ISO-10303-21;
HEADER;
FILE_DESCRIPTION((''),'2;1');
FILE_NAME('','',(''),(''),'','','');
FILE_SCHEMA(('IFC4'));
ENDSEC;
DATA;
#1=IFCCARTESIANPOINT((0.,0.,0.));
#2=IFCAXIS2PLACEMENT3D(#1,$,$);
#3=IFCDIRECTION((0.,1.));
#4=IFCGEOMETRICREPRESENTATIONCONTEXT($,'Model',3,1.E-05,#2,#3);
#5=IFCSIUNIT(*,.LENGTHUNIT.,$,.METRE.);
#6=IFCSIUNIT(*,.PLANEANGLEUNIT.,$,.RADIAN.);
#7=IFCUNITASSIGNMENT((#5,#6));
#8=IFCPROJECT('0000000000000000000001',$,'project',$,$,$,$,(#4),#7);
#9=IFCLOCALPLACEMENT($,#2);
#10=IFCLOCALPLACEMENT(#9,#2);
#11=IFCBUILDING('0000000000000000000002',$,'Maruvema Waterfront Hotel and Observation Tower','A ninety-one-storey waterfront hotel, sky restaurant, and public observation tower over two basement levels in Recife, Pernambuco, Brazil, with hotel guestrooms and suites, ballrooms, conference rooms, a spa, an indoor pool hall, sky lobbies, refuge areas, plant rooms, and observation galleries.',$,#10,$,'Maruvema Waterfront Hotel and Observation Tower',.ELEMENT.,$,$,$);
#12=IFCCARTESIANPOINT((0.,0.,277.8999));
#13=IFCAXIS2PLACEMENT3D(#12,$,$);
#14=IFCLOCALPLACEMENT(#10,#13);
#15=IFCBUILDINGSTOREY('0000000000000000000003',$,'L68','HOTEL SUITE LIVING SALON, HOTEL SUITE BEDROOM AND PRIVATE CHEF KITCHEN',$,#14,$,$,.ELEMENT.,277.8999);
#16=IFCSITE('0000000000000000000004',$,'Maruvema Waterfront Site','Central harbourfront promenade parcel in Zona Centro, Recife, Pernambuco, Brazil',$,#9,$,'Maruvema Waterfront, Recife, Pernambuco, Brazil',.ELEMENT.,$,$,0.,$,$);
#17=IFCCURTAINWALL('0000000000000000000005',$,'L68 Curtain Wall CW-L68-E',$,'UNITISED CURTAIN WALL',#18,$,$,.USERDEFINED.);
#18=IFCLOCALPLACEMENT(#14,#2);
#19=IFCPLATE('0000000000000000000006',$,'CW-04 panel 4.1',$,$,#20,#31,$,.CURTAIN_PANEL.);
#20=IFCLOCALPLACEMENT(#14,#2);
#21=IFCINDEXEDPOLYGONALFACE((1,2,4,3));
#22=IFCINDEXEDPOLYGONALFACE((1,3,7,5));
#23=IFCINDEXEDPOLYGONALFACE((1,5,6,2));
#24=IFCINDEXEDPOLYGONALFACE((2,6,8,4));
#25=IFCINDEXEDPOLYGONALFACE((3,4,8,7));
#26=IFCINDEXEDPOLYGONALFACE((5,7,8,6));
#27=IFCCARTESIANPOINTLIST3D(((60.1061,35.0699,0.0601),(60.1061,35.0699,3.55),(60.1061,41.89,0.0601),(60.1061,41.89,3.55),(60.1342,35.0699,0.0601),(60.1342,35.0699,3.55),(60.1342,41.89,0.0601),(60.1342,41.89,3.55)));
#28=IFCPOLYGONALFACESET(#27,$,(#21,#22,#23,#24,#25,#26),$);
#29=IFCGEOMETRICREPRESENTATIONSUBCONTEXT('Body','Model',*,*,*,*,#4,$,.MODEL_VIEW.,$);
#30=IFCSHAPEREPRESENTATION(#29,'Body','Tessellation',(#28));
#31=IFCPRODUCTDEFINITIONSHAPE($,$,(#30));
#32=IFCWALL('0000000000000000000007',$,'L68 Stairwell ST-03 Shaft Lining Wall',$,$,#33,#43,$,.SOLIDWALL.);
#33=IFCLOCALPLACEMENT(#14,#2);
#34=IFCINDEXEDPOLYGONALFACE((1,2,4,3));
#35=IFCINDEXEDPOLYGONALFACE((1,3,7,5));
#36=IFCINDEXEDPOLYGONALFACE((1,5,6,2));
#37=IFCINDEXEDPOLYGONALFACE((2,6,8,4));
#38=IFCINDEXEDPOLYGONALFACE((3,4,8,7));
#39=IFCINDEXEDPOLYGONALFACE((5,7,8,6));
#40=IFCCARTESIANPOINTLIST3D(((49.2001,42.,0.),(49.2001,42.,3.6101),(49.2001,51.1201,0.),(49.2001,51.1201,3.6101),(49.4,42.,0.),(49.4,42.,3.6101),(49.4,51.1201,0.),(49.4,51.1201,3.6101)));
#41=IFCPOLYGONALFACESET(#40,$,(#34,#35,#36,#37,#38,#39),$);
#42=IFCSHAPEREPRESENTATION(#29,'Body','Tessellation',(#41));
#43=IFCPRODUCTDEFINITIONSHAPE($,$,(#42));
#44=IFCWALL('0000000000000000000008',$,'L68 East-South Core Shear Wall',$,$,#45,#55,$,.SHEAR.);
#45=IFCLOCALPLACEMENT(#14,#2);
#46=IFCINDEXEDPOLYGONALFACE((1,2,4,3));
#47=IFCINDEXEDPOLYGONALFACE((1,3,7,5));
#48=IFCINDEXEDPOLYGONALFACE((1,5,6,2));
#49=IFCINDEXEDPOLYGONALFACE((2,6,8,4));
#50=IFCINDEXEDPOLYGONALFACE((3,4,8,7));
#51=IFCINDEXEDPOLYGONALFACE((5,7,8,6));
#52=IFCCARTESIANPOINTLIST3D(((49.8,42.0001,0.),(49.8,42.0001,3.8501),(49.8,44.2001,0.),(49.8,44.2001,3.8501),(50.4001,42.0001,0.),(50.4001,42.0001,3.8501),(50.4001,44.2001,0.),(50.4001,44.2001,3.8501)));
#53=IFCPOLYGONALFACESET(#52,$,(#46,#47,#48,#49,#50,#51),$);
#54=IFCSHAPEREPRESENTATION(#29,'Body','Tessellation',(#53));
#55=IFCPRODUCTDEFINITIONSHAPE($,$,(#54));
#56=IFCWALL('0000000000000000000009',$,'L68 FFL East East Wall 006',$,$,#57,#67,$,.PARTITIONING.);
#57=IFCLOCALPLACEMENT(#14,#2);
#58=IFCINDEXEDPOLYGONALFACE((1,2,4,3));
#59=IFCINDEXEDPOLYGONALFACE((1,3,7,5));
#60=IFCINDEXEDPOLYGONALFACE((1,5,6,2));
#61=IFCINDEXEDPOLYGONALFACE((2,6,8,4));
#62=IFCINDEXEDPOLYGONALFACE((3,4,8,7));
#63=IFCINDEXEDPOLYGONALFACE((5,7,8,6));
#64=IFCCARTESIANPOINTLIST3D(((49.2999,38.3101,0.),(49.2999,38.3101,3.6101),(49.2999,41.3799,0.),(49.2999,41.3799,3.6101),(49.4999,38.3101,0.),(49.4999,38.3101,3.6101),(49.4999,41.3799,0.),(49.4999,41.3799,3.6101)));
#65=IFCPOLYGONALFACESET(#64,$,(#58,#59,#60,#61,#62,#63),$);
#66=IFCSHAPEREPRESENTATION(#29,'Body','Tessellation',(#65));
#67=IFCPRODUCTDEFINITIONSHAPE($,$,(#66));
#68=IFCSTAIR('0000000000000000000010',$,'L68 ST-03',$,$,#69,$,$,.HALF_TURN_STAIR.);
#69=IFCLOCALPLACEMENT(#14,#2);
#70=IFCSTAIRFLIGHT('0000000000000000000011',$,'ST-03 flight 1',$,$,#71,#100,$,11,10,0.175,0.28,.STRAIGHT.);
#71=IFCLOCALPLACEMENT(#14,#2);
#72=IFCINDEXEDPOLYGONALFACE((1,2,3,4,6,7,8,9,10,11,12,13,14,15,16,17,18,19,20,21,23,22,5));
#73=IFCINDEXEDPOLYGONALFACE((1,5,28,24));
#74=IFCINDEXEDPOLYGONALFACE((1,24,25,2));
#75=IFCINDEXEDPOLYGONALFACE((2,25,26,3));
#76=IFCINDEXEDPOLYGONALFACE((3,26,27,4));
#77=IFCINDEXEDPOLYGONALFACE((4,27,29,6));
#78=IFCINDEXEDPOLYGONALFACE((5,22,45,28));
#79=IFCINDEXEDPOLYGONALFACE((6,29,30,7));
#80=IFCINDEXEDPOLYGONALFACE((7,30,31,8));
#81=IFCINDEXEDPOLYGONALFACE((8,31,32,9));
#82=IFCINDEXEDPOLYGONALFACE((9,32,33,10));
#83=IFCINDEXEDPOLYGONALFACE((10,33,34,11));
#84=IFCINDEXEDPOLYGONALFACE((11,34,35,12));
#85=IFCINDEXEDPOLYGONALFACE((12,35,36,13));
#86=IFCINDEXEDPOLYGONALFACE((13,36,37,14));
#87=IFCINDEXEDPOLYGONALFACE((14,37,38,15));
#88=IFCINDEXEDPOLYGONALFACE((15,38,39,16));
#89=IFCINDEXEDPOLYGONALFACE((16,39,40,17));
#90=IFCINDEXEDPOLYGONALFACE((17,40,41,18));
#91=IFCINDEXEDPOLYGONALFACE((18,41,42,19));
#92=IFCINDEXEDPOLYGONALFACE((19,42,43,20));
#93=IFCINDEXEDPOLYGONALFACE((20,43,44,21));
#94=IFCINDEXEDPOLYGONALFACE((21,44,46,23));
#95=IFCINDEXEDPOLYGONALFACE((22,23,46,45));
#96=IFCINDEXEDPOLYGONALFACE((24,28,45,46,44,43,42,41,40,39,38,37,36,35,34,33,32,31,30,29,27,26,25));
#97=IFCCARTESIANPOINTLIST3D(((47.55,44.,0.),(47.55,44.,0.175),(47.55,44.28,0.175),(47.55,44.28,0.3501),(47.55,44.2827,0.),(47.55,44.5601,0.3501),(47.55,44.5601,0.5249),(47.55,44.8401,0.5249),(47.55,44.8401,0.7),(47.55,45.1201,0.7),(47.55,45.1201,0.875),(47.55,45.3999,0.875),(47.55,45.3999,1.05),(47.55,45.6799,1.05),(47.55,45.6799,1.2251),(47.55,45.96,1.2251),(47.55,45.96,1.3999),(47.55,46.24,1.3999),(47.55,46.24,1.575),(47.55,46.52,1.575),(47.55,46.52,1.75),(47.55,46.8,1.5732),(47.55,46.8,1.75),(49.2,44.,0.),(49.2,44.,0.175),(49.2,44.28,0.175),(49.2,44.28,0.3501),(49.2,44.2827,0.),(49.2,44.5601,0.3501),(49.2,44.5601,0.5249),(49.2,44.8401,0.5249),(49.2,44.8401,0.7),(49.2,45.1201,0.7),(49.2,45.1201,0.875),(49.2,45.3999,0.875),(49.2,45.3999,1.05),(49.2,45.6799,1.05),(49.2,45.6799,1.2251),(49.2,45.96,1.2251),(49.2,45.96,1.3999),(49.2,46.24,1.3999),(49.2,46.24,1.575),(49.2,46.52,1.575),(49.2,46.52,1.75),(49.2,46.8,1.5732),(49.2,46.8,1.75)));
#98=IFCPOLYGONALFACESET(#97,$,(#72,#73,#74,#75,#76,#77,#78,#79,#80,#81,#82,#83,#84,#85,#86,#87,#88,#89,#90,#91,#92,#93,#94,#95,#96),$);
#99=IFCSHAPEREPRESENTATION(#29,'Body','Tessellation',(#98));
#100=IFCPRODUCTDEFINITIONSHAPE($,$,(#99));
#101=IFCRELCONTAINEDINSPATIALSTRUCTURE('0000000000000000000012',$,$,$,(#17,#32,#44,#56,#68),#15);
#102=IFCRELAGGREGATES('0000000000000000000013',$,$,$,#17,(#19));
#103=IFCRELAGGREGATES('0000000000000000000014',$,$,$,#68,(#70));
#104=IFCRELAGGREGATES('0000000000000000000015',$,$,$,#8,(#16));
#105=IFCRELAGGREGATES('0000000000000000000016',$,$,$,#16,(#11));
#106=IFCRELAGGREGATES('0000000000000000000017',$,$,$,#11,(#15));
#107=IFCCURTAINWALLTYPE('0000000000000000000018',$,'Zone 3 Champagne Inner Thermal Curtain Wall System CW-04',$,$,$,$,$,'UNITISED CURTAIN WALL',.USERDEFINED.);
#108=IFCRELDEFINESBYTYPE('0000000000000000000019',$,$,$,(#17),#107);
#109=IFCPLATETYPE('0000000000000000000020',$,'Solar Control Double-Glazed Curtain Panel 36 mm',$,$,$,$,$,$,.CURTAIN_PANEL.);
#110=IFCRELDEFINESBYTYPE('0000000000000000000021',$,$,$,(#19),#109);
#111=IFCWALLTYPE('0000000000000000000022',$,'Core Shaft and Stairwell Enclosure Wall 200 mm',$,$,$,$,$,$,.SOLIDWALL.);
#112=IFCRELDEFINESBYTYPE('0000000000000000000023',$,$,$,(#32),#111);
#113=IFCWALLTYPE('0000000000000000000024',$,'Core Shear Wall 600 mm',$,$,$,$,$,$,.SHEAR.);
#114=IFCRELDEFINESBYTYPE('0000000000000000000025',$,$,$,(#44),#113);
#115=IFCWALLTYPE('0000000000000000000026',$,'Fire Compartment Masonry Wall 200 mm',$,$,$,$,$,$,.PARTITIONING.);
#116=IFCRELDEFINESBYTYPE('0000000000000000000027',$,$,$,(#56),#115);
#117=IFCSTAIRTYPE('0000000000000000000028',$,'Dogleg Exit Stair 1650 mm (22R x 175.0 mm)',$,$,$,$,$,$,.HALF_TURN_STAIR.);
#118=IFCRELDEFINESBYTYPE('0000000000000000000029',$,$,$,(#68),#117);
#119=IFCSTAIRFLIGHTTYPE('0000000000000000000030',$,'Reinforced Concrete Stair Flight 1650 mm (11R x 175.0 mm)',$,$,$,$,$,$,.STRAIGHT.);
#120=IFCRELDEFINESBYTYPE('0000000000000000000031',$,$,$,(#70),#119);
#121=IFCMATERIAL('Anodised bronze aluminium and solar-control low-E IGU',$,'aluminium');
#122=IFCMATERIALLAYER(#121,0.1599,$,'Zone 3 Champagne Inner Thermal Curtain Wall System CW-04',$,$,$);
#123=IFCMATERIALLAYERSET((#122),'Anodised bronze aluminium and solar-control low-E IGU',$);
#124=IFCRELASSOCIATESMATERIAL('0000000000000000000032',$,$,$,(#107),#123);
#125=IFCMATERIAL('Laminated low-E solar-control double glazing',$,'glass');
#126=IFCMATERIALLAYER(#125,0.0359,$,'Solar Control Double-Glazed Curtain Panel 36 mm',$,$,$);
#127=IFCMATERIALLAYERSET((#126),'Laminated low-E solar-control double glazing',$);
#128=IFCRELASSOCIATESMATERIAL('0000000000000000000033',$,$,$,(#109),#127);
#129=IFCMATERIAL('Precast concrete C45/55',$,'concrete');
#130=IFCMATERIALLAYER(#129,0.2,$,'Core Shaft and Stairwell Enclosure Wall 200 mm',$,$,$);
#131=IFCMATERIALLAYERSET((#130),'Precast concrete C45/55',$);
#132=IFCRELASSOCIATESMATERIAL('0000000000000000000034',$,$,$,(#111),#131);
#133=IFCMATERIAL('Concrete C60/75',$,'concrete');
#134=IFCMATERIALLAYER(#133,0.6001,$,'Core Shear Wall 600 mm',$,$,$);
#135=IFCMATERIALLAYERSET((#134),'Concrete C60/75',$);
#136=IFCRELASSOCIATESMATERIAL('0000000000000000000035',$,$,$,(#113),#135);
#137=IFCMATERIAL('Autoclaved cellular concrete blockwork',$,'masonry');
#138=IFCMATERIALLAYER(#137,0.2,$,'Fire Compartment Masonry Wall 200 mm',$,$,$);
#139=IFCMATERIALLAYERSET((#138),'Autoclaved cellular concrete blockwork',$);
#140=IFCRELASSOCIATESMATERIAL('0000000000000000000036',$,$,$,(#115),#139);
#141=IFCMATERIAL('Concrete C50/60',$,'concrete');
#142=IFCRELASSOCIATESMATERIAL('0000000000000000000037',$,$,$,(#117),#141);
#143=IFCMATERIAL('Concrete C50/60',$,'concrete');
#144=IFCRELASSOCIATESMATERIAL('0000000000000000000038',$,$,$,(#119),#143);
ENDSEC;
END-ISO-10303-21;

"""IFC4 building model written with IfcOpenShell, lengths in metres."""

from ifc_helpers import new_model, si_unit, direction, frame, frame_2d, origin, origin_2d, place, context, subcontext, project, spatial, polyline, rectangle, outline, extrude, material, layer, layer_set, type_object, element, aggregate, save


model = new_model("IFC4")

# Units and contexts
model_context = context("Model", 3, precision=1e-05, world=origin(), true_north=direction((0.0, 1.0)))
body_context = subcontext(model_context, "Body", "Model", "MODEL_VIEW")
ifc_project = project(units=[si_unit("LENGTHUNIT", "METRE"), si_unit("PLANEANGLEUNIT", "RADIAN")], contexts=[model_context])

# Site, building, storey
site_placement = place(None, origin())
site = spatial("IfcSite", under=ifc_project, at=site_placement, Name="Maruvema Waterfront Site", Description="Central harbourfront promenade parcel in Zona Centro, Recife, Pernambuco, Brazil", LongName="Maruvema Waterfront, Recife, Pernambuco, Brazil", CompositionType="ELEMENT", RefElevation=0.0)
building_placement = place(site_placement, origin())
building = spatial("IfcBuilding", under=site, at=building_placement, Name="Maruvema Waterfront Hotel and Observation Tower", Description="A ninety-one-storey waterfront hotel, sky restaurant, and public observation tower over two basement levels in Recife, Pernambuco, Brazil, with hotel guestrooms and suites, ballrooms, conference rooms, a spa, an indoor pool hall, sky lobbies, refuge areas, plant rooms, and observation galleries.", LongName="Maruvema Waterfront Hotel and Observation Tower", CompositionType="ELEMENT")
storey_placement = place(building_placement, frame((0.0, 0.0, 277.8999)))
storey = spatial("IfcBuildingStorey", under=building, at=storey_placement, Name="L68", Description="HOTEL SUITE LIVING SALON, HOTEL SUITE BEDROOM AND PRIVATE CHEF KITCHEN", CompositionType="ELEMENT", Elevation=277.8999)

# Curtain wall
ifc_material_1 = material(Name="Anodised bronze aluminium and solar-control low-E IGU", Category="aluminium")
ifc_layer_1 = layer(ifc_material_1, 0.1599, Name="Zone 3 Champagne Inner Thermal Curtain Wall System CW-04")
ifc_layer_set_1 = layer_set([ifc_layer_1], Name="Anodised bronze aluminium and solar-control low-E IGU")
curtain_wall_type = type_object("IfcCurtainWallType", Name="Zone 3 Champagne Inner Thermal Curtain Wall System CW-04", ElementType="UNITISED CURTAIN WALL", PredefinedType="USERDEFINED", material=ifc_layer_set_1)
curtain_wall_placement = place(storey_placement, origin())
curtain_wall = element("IfcCurtainWall", 1, at=curtain_wall_placement, inside=storey, type_object=curtain_wall_type, Name="L68 Curtain Wall CW-L68-E", ObjectType="UNITISED CURTAIN WALL", PredefinedType="USERDEFINED")

# Plate
ifc_material_2 = material(Name="Laminated low-E solar-control double glazing", Category="glass")
ifc_layer_2 = layer(ifc_material_2, 0.0359, Name="Solar Control Double-Glazed Curtain Panel 36 mm")
ifc_layer_set_2 = layer_set([ifc_layer_2], Name="Laminated low-E solar-control double glazing")
plate_type = type_object("IfcPlateType", Name="Solar Control Double-Glazed Curtain Panel 36 mm", PredefinedType="CURTAIN_PANEL", material=ifc_layer_set_2)
plate_placement = place(storey_placement, frame((60.1201, 38.48, 0.0601), z_axis=(0.0, 0.0, 1.0), x_axis=(0.0, 1.0, 0.0)))
plate = element("IfcPlate", 2, at=plate_placement, type_object=plate_type, Name="CW-04 panel 4.1", PredefinedType="CURTAIN_PANEL", context=body_context, shape_type="SweptSolid", body=[
    extrude(rectangle(XDim=6.8201, YDim=0.0281, at=origin_2d()), origin(), (0.0, 0.0, 1.0), 3.49),
])
aggregate(curtain_wall, [plate])

# Walls
ifc_material_3 = material(Name="Precast concrete C45/55", Category="concrete")
ifc_layer_3 = layer(ifc_material_3, 0.2, Name="Core Shaft and Stairwell Enclosure Wall 200 mm")
ifc_layer_set_3 = layer_set([ifc_layer_3], Name="Precast concrete C45/55")
wall_type_1 = type_object("IfcWallType", Name="Core Shaft and Stairwell Enclosure Wall 200 mm", PredefinedType="SOLIDWALL", material=ifc_layer_set_3)
wall_1_placement = place(storey_placement, frame((49.3, 42.0, 0.0), z_axis=(0.0, 0.0, 1.0), x_axis=(0.0, 1.0, 0.0)))
element("IfcWall", 3, at=wall_1_placement, inside=storey, type_object=wall_type_1, Name="L68 Stairwell ST-03 Shaft Lining Wall", PredefinedType="SOLIDWALL", context=body_context, shape_type="SweptSolid", body=[
    extrude(rectangle(XDim=9.1201, YDim=0.2, at=frame_2d((4.5601, 0.0))), origin(), (0.0, 0.0, 1.0), 3.6101),
])
ifc_material_4 = material(Name="Concrete C60/75", Category="concrete")
ifc_layer_4 = layer(ifc_material_4, 0.6001, Name="Core Shear Wall 600 mm")
ifc_layer_set_4 = layer_set([ifc_layer_4], Name="Concrete C60/75")
wall_type_2 = type_object("IfcWallType", Name="Core Shear Wall 600 mm", PredefinedType="SHEAR", material=ifc_layer_set_4)
wall_2_placement = place(storey_placement, frame((50.1001, 42.0, 0.0), z_axis=(0.0, 0.0, 1.0), x_axis=(0.0, 1.0, 0.0)))
element("IfcWall", 4, at=wall_2_placement, inside=storey, type_object=wall_type_2, Name="L68 East-South Core Shear Wall", PredefinedType="SHEAR", context=body_context, shape_type="SweptSolid", body=[
    extrude(rectangle(XDim=2.2, YDim=0.6001, at=frame_2d((1.1001, 0.0))), origin(), (0.0, 0.0, 1.0), 3.8501),
])
ifc_material_5 = material(Name="Autoclaved cellular concrete blockwork", Category="masonry")
ifc_layer_5 = layer(ifc_material_5, 0.2, Name="Fire Compartment Masonry Wall 200 mm")
ifc_layer_set_5 = layer_set([ifc_layer_5], Name="Autoclaved cellular concrete blockwork")
wall_type_3 = type_object("IfcWallType", Name="Fire Compartment Masonry Wall 200 mm", PredefinedType="PARTITIONING", material=ifc_layer_set_5)
wall_3_placement = place(storey_placement, frame((49.3999, 38.3101, 0.0), z_axis=(0.0, 0.0, 1.0), x_axis=(0.0, 1.0, 0.0)))
element("IfcWall", 5, at=wall_3_placement, inside=storey, type_object=wall_type_3, Name="L68 FFL East East Wall 006", PredefinedType="PARTITIONING", context=body_context, shape_type="SweptSolid", body=[
    extrude(rectangle(XDim=3.0698, YDim=0.2, at=frame_2d((1.5349, 0.0))), origin(), (0.0, 0.0, 1.0), 3.6101),
])

# Stair, stair flight
ifc_material_6 = material(Name="Concrete C50/60", Category="concrete")
stair_type = type_object("IfcStairType", Name="Dogleg Exit Stair 1650 mm (22R x 175.0 mm)", PredefinedType="HALF_TURN_STAIR", material=ifc_material_6)
stair_placement = place(storey_placement, origin())
stair = element("IfcStair", 6, at=stair_placement, inside=storey, type_object=stair_type, Name="L68 ST-03", PredefinedType="HALF_TURN_STAIR")
ifc_material_7 = material(Name="Concrete C50/60", Category="concrete")
stair_flight_type = type_object("IfcStairFlightType", Name="Reinforced Concrete Stair Flight 1650 mm (11R x 175.0 mm)", PredefinedType="STRAIGHT", material=ifc_material_7)
stair_flight_placement = place(storey_placement, frame((48.375, 44.0, 0.0), z_axis=(0.0, 0.0, 1.0), x_axis=(0.0, 1.0, 0.0)))
stair_flight = element("IfcStairFlight", 7, at=stair_flight_placement, type_object=stair_flight_type, Name="ST-03 flight 1", NumberOfRisers=11, NumberOfTreads=10, PredefinedType="STRAIGHT", RiserHeight=0.175, TreadLength=0.28, context=body_context, shape_type="SweptSolid", body=[
    extrude(outline(polyline([(0.0, 0.0), (0.0, 0.175), (0.28, 0.175), (0.28, 0.3501), (0.5601, 0.3501), (0.5601, 0.5249), (0.8401, 0.5249), (0.8401, 0.7), (1.1201, 0.7), (1.1201, 0.875), (1.3999, 0.875), (1.3999, 1.05), (1.6799, 1.05), (1.6799, 1.2251), (1.96, 1.2251), (1.96, 1.3999), (2.24, 1.3999), (2.24, 1.575), (2.52, 1.575), (2.52, 1.75), (2.8, 1.75), (2.8, 1.925), (2.8, 1.5732), (0.2827, 0.0), (0.0, 0.0)])), frame((0.0, 0.825, 0.0), z_axis=(0.0, -1.0, 0.0), x_axis=(1.0, 0.0, 0.0)), (0.0, 0.0, 1.0), 1.6499),
])
aggregate(stair, [stair_flight])

save(model, "model.ifc")
